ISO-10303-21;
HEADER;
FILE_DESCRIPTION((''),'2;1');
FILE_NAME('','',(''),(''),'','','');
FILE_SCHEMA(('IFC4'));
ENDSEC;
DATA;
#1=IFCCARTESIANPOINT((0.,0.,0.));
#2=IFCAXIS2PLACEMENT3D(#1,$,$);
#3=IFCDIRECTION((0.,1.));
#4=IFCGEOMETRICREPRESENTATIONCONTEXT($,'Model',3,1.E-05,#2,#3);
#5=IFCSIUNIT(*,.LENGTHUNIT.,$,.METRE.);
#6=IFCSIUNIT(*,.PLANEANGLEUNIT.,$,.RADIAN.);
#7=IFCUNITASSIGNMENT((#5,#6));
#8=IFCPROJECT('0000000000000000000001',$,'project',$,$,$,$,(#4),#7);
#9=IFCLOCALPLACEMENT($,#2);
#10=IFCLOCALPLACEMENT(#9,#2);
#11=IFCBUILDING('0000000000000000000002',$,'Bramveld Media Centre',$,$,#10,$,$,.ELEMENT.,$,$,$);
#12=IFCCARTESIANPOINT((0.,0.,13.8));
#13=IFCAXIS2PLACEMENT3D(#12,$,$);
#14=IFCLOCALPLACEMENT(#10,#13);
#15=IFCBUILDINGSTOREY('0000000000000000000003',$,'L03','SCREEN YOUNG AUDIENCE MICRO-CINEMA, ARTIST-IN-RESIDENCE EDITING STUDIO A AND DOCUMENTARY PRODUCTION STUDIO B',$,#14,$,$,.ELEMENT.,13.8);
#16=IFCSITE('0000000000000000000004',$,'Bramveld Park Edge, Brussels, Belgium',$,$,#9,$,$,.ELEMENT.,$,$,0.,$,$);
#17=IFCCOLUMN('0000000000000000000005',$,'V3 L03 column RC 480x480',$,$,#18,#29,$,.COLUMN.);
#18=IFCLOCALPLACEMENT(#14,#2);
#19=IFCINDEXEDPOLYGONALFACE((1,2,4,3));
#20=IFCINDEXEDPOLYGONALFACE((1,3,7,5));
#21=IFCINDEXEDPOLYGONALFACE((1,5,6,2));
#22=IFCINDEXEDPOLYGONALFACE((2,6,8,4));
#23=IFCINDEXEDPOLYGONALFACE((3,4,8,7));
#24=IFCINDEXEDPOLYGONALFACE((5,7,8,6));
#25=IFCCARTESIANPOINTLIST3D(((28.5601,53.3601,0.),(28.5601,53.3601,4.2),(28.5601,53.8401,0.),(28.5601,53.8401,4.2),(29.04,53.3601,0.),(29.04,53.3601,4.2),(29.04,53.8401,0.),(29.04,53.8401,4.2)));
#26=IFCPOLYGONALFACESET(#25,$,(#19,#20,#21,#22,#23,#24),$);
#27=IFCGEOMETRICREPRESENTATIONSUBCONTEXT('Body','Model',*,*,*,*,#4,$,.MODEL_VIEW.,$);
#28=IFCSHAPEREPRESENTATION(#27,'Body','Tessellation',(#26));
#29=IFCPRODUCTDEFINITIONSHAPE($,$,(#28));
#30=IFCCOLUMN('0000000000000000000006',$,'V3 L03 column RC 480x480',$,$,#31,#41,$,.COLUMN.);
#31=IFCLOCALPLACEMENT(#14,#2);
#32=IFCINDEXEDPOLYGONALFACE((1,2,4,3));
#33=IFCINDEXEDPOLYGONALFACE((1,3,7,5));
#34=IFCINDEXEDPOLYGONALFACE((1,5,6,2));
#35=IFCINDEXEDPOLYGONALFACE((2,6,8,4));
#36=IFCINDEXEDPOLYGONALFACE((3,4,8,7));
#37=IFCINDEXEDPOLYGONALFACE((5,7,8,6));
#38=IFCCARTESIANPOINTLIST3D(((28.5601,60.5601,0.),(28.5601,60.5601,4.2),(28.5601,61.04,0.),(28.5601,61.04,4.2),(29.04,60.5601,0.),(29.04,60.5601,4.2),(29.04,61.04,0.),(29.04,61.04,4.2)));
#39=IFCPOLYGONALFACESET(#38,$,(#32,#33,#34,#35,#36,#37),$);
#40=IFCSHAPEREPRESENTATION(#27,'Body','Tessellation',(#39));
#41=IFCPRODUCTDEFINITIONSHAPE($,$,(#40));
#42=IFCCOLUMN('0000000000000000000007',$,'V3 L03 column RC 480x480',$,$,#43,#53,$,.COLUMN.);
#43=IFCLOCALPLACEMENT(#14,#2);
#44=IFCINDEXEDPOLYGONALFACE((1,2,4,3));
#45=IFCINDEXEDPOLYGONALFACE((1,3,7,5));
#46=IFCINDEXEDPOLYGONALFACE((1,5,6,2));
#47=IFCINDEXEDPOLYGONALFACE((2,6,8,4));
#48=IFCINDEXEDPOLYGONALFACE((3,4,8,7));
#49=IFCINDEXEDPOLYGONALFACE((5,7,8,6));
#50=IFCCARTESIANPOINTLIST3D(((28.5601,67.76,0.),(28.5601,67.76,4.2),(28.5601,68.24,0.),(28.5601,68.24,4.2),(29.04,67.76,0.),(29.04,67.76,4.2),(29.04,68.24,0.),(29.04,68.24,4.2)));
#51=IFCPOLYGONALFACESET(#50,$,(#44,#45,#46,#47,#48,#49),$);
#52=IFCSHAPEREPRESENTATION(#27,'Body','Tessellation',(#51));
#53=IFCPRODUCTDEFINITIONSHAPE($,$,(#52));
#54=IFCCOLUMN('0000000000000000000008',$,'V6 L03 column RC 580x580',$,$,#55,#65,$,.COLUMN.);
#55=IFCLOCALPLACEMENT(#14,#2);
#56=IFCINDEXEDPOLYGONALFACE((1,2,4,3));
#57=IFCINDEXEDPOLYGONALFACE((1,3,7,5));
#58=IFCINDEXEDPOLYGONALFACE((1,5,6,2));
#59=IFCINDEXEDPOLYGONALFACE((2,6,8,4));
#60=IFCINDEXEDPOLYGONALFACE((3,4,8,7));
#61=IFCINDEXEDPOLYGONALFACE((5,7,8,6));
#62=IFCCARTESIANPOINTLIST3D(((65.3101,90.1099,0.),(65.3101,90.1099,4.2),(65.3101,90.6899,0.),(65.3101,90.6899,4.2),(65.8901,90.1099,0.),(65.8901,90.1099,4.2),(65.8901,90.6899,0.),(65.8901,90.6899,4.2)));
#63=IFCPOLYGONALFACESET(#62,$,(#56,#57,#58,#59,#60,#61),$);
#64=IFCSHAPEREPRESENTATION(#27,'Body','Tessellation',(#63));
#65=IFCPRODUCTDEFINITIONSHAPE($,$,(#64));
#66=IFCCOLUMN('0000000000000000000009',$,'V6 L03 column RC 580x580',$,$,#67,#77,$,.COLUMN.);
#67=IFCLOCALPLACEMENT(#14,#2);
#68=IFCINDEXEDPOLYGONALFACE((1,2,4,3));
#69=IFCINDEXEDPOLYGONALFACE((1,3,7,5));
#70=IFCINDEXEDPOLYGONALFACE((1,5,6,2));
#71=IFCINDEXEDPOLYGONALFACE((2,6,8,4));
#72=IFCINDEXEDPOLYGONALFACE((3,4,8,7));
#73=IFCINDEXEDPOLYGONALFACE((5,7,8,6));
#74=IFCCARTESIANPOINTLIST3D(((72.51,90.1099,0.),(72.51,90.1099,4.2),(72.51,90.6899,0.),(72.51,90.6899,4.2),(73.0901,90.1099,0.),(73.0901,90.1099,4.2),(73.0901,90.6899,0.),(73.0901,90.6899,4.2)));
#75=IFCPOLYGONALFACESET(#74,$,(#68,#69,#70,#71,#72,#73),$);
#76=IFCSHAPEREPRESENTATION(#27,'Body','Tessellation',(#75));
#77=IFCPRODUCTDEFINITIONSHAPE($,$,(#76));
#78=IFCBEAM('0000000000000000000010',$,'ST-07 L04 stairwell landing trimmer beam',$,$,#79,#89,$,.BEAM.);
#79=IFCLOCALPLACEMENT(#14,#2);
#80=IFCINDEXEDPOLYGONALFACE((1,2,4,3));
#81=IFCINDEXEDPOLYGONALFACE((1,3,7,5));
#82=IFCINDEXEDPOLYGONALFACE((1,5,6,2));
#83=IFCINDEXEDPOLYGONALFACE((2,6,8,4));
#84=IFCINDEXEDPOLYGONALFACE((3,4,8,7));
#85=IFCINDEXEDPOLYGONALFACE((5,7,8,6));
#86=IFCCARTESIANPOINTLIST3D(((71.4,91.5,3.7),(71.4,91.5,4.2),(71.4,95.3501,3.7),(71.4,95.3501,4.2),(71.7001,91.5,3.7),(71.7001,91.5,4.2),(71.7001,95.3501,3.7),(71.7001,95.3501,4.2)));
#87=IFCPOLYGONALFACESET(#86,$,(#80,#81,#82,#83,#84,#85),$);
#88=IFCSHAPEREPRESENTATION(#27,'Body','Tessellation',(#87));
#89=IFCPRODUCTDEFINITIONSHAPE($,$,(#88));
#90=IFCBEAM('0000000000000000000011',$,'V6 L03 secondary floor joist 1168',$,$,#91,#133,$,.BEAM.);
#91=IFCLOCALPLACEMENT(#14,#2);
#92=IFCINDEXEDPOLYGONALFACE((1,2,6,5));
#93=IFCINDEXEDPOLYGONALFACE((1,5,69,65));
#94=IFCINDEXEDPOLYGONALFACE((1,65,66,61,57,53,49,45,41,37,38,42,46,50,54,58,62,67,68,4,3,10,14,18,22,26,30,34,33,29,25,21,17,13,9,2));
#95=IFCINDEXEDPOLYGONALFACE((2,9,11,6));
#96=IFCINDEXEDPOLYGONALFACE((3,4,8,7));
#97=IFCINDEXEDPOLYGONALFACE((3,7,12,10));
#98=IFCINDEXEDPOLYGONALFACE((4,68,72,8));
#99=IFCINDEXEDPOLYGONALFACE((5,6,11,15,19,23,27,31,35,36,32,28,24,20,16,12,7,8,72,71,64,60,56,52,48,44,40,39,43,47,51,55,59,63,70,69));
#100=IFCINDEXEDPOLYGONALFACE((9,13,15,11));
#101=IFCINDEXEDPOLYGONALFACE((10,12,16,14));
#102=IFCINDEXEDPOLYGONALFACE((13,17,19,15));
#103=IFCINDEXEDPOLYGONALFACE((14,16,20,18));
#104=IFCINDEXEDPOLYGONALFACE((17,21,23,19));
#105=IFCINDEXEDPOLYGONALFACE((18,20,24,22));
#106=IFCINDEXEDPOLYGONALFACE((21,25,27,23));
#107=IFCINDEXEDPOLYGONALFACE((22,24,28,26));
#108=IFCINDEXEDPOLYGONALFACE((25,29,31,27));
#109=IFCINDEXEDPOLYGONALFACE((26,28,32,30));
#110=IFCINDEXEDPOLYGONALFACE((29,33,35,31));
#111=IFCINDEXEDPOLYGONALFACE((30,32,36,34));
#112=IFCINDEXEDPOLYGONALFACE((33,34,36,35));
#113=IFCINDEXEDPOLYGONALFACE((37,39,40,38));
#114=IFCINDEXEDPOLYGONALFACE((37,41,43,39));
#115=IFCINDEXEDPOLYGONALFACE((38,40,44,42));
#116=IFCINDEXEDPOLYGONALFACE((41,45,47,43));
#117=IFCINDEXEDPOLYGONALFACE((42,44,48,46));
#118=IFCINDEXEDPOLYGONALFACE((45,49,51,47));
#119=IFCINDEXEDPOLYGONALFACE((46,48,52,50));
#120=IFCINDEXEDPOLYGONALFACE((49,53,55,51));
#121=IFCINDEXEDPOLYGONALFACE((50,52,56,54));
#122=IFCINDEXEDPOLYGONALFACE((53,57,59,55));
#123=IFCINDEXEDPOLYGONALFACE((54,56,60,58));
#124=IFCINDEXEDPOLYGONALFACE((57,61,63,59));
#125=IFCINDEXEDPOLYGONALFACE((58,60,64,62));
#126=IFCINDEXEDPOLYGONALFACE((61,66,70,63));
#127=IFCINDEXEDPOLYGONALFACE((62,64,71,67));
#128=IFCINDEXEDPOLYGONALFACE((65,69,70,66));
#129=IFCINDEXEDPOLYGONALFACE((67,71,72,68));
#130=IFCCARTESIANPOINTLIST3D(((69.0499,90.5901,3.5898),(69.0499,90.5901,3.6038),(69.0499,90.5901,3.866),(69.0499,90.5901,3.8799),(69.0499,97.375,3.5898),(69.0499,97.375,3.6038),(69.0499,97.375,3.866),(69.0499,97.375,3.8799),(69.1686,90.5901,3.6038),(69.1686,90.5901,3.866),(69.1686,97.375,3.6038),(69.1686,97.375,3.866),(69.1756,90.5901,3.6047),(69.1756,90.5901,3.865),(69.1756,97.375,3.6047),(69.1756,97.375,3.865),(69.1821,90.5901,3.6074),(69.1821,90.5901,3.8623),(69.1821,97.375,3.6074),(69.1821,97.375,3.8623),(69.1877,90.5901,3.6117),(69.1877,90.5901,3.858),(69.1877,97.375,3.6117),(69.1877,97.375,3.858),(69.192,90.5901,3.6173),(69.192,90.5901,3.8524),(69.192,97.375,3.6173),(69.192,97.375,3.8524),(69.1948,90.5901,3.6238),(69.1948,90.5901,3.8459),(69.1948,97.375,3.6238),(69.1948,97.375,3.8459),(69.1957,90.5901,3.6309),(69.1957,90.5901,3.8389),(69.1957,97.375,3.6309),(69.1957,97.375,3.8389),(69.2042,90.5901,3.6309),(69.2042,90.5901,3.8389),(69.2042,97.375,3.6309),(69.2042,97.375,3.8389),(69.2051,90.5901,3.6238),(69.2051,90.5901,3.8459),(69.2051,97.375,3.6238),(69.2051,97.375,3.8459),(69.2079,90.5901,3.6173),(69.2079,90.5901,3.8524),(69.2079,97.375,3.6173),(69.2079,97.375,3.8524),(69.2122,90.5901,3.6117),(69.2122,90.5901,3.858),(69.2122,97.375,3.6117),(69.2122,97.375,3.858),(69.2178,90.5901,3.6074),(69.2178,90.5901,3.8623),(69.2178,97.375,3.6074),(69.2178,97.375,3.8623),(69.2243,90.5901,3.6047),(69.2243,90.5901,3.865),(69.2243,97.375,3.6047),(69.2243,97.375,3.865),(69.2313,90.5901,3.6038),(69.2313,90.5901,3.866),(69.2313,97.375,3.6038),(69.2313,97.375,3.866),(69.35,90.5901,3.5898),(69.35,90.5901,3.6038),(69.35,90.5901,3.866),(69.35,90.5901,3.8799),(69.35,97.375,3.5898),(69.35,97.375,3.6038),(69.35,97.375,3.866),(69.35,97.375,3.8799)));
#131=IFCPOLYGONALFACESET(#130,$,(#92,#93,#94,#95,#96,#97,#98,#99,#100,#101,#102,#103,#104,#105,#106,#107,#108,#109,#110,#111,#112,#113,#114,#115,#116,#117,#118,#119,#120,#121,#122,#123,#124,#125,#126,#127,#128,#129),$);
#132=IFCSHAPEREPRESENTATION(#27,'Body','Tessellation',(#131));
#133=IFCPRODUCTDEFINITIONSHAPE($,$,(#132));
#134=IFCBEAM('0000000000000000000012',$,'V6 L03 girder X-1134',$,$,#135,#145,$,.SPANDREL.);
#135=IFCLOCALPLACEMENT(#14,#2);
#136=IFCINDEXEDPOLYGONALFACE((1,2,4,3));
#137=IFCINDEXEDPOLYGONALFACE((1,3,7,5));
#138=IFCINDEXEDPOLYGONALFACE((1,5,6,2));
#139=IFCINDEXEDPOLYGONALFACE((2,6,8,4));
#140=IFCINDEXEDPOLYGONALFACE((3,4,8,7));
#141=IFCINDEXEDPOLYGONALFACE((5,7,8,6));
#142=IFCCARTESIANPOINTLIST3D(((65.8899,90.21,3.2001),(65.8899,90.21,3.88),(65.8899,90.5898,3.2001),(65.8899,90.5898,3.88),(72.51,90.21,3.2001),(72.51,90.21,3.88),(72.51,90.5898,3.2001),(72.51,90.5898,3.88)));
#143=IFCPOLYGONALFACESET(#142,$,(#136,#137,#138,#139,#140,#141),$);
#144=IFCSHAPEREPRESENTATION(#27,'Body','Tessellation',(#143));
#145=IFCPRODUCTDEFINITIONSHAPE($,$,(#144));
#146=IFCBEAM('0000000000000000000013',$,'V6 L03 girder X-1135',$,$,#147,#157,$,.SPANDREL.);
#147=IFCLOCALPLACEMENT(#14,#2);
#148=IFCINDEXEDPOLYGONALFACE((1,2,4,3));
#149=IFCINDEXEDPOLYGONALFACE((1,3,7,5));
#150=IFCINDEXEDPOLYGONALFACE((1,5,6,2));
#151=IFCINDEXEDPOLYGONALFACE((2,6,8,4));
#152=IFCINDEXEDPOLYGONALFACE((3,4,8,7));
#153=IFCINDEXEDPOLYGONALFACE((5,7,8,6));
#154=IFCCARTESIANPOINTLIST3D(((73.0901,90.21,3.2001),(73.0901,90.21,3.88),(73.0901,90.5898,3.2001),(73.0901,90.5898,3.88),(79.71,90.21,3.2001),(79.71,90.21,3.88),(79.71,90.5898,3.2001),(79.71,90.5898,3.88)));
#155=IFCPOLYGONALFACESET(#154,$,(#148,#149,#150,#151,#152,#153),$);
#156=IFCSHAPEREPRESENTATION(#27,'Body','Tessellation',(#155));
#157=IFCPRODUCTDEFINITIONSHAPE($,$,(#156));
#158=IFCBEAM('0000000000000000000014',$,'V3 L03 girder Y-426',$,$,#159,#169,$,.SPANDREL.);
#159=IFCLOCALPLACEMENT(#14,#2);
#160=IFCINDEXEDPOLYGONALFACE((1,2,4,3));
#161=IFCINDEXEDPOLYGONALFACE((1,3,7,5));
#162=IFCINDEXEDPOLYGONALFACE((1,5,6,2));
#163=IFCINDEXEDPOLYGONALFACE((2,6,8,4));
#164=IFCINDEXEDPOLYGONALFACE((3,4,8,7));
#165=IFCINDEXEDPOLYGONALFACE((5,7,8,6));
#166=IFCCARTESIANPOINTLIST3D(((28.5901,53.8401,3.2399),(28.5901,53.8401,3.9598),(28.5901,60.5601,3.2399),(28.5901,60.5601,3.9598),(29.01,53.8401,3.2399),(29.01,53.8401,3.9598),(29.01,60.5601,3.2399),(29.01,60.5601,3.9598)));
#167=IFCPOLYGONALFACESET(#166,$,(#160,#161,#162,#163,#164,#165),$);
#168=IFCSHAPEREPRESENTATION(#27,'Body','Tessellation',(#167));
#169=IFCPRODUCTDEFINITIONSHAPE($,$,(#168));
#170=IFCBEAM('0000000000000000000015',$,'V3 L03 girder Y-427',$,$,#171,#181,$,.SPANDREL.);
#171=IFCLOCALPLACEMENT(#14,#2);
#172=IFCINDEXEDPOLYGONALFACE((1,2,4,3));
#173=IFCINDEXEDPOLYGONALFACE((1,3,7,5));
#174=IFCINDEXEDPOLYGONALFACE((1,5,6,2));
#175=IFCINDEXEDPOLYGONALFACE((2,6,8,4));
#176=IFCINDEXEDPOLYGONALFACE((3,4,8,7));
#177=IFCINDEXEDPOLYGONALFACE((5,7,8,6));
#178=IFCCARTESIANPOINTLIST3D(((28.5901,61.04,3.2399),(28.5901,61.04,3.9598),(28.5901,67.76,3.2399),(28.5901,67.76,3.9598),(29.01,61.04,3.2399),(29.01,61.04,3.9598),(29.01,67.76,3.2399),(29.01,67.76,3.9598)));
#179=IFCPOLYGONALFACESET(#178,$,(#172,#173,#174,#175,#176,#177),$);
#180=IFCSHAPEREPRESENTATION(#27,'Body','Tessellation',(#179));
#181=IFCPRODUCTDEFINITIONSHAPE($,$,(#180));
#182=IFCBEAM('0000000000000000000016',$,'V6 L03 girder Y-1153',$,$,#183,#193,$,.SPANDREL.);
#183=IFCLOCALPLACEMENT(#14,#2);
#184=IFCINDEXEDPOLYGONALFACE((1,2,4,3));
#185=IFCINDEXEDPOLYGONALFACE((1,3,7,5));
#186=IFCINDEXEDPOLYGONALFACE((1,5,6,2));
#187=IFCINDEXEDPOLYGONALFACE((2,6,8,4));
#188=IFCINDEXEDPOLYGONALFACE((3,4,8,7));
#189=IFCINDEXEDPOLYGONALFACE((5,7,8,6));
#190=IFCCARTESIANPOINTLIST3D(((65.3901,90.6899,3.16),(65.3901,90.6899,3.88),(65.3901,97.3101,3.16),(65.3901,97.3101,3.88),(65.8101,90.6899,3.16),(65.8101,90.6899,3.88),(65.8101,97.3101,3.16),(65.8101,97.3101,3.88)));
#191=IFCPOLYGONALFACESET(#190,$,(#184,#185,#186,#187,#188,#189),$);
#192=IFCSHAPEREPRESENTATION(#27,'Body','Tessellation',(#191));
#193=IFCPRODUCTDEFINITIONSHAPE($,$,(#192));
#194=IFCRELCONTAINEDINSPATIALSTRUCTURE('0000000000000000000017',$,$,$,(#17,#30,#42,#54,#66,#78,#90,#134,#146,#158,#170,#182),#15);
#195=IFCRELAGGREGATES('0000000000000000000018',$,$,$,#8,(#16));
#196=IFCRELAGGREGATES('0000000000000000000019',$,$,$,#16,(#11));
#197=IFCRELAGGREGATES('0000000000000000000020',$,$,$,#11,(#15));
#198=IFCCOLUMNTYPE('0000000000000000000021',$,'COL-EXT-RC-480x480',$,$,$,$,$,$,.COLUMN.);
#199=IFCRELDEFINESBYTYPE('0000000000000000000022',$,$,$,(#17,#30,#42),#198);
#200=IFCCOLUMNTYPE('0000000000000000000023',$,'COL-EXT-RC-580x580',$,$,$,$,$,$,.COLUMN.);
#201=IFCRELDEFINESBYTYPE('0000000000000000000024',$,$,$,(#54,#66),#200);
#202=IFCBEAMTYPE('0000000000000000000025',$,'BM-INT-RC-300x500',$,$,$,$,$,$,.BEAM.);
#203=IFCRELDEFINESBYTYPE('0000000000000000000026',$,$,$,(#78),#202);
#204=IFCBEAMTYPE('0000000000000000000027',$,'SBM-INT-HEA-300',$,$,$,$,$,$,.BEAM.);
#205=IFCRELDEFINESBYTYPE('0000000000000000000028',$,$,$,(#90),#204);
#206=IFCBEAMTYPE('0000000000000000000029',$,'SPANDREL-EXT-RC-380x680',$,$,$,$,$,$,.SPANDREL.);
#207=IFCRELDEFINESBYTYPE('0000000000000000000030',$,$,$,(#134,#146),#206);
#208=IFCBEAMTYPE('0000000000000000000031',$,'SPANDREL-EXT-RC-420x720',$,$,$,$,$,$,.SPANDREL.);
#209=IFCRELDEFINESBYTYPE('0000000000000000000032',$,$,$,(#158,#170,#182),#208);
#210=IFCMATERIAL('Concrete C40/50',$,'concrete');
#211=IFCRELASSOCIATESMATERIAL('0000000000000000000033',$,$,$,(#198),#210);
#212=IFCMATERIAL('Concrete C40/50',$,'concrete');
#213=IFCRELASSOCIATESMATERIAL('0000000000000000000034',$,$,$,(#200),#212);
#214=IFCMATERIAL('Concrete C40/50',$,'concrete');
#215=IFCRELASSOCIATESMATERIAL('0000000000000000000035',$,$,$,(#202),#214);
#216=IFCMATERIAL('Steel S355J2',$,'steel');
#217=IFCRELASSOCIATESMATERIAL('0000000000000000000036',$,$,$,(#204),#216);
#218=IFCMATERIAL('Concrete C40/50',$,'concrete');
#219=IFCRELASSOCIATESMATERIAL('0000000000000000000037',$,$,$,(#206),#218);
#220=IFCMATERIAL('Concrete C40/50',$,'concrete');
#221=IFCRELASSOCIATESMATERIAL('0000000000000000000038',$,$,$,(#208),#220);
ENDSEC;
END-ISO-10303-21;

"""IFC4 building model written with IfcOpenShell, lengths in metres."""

from ifc_helpers import new_model, si_unit, direction, frame, origin, origin_2d, place, context, subcontext, project, spatial, rectangle, i_section, extrude, material, material_profile, profile_set, type_object, element, save


model = new_model("IFC4")

# Units and contexts
model_context = context("Model", 3, precision=1e-05, world=origin(), true_north=direction((0.0, 1.0)))
body_context = subcontext(model_context, "Body", "Model", "MODEL_VIEW")
ifc_project = project(units=[si_unit("LENGTHUNIT", "METRE"), si_unit("PLANEANGLEUNIT", "RADIAN")], contexts=[model_context])

# Site, building, storey
site_placement = place(None, origin())
site = spatial("IfcSite", under=ifc_project, at=site_placement, Name="Bramveld Park Edge, Brussels, Belgium", CompositionType="ELEMENT", RefElevation=0.0)
building_placement = place(site_placement, origin())
building = spatial("IfcBuilding", under=site, at=building_placement, Name="Bramveld Media Centre", CompositionType="ELEMENT")
storey_placement = place(building_placement, frame((0.0, 0.0, 13.8)))
storey = spatial("IfcBuildingStorey", under=building, at=storey_placement, Name="L03", Description="SCREEN YOUNG AUDIENCE MICRO-CINEMA, ARTIST-IN-RESIDENCE EDITING STUDIO A AND DOCUMENTARY PRODUCTION STUDIO B", CompositionType="ELEMENT", Elevation=13.8)

# Columns
ifc_material_1 = material(Name="Concrete C40/50", Category="concrete")
ifc_material_profile_1 = material_profile(ifc_material_1, rectangle(XDim=0.48, YDim=0.48, at=origin_2d()), Name="RC 480x480")
ifc_profile_set_1 = profile_set([ifc_material_profile_1], Name="Concrete C40/50")
column_type_1 = type_object("IfcColumnType", Name="COL-EXT-RC-480x480", PredefinedType="COLUMN", material=ifc_profile_set_1)
for number, where, z_axis, x_axis, name in (
    (1, (28.8, 53.6001, 0.0), (0.0, 0.0, 1.0), (1.0, 0.0, 0.0), "V3 L03 column RC 480x480"),
    (2, (28.8, 60.8, 0.0), (0.0, 0.0, 1.0), (1.0, 0.0, 0.0), "V3 L03 column RC 480x480"),
    (3, (28.8, 68.0, 0.0), (0.0, 0.0, 1.0), (1.0, 0.0, 0.0), "V3 L03 column RC 480x480"),
):
    element("IfcColumn", number, at=place(storey_placement, frame(where, z_axis=z_axis, x_axis=x_axis)), inside=storey, type_object=column_type_1, Name=name, PredefinedType="COLUMN", context=body_context, shape_type="SweptSolid", body=[
        extrude(rectangle(XDim=0.48, YDim=0.48, at=origin_2d()), origin(), (0.0, 0.0, 1.0), 4.2),
    ])
ifc_material_2 = material(Name="Concrete C40/50", Category="concrete")
ifc_material_profile_2 = material_profile(ifc_material_2, rectangle(XDim=0.5801, YDim=0.5801, at=origin_2d()), Name="RC 580x580")
ifc_profile_set_2 = profile_set([ifc_material_profile_2], Name="Concrete C40/50")
column_type_2 = type_object("IfcColumnType", Name="COL-EXT-RC-580x580", PredefinedType="COLUMN", material=ifc_profile_set_2)
for number, where, z_axis, x_axis, name in (
    (4, (65.6001, 90.3999, 0.0), (0.0, 0.0, 1.0), (1.0, 0.0, 0.0), "V6 L03 column RC 580x580"),
    (5, (72.8, 90.3999, 0.0), (0.0, 0.0, 1.0), (1.0, 0.0, 0.0), "V6 L03 column RC 580x580"),
):
    element("IfcColumn", number, at=place(storey_placement, frame(where, z_axis=z_axis, x_axis=x_axis)), inside=storey, type_object=column_type_2, Name=name, PredefinedType="COLUMN", context=body_context, shape_type="SweptSolid", body=[
        extrude(rectangle(XDim=0.5801, YDim=0.5801, at=origin_2d()), origin(), (0.0, 0.0, 1.0), 4.2),
    ])

# Beams
ifc_material_3 = material(Name="Concrete C40/50", Category="concrete")
ifc_material_profile_3 = material_profile(ifc_material_3, rectangle(XDim=0.3, YDim=0.5, at=origin_2d()), Name="RC 300x500")
ifc_profile_set_3 = profile_set([ifc_material_profile_3], Name="Concrete C40/50")
beam_type_1 = type_object("IfcBeamType", Name="BM-INT-RC-300x500", PredefinedType="BEAM", material=ifc_profile_set_3)
beam_1_placement = place(storey_placement, frame((71.55, 91.5, 3.95), z_axis=(0.0, 1.0, 0.0), x_axis=(-1.0, 0.0, 0.0)))
element("IfcBeam", 6, at=beam_1_placement, inside=storey, type_object=beam_type_1, Name="ST-07 L04 stairwell landing trimmer beam", PredefinedType="BEAM", context=body_context, shape_type="SweptSolid", body=[
    extrude(rectangle(XDim=0.3, YDim=0.5, at=origin_2d()), origin(), (0.0, 0.0, 1.0), 3.8501),
])
ifc_material_4 = material(Name="Steel S355J2", Category="steel")
ifc_material_profile_4 = material_profile(ifc_material_4, i_section(OverallWidth=0.3, OverallDepth=0.29, WebThickness=0.0085, FlangeThickness=0.0139, FilletRadius=0.0271, at=origin_2d()), Name="HEA 300")
ifc_profile_set_4 = profile_set([ifc_material_profile_4], Name="Steel S355J2")
beam_type_2 = type_object("IfcBeamType", Name="SBM-INT-HEA-300", PredefinedType="BEAM", material=ifc_profile_set_4)
beam_2_placement = place(storey_placement, frame((69.2, 90.5901, 3.7349), z_axis=(0.0, 1.0, 0.0), x_axis=(-1.0, 0.0, 0.0)))
element("IfcBeam", 7, at=beam_2_placement, inside=storey, type_object=beam_type_2, Name="V6 L03 secondary floor joist 1168", PredefinedType="BEAM", context=body_context, shape_type="SweptSolid", body=[
    extrude(i_section(OverallWidth=0.3, OverallDepth=0.29, WebThickness=0.0085, FlangeThickness=0.0139, FilletRadius=0.0271, at=origin_2d()), origin(), (0.0, 0.0, 1.0), 6.7849),
])
ifc_material_5 = material(Name="Concrete C40/50", Category="concrete")
ifc_material_profile_5 = material_profile(ifc_material_5, rectangle(XDim=0.3799, YDim=0.6799, at=origin_2d()), Name="RC 380x680")
ifc_profile_set_5 = profile_set([ifc_material_profile_5], Name="Concrete C40/50")
beam_type_3 = type_object("IfcBeamType", Name="SPANDREL-EXT-RC-380x680", PredefinedType="SPANDREL", material=ifc_profile_set_5)
beam_3_placement = place(storey_placement, frame((65.8899, 90.3999, 3.54), z_axis=(1.0, 0.0, 0.0), x_axis=(0.0, 1.0, 0.0)))
element("IfcBeam", 8, at=beam_3_placement, inside=storey, type_object=beam_type_3, Name="V6 L03 girder X-1134", PredefinedType="SPANDREL", context=body_context, shape_type="SweptSolid", body=[
    extrude(rectangle(XDim=0.3799, YDim=0.6799, at=origin_2d()), origin(), (0.0, 0.0, 1.0), 6.6201),
])
beam_4_placement = place(storey_placement, frame((73.0901, 90.3999, 3.54), z_axis=(1.0, 0.0, 0.0), x_axis=(0.0, 1.0, 0.0)))
element("IfcBeam", 9, at=beam_4_placement, inside=storey, type_object=beam_type_3, Name="V6 L03 girder X-1135", PredefinedType="SPANDREL", context=body_context, shape_type="SweptSolid", body=[
    extrude(rectangle(XDim=0.3799, YDim=0.6799, at=origin_2d()), origin(), (0.0, 0.0, 1.0), 6.6199),
])
ifc_material_6 = material(Name="Concrete C40/50", Category="concrete")
ifc_material_profile_6 = material_profile(ifc_material_6, rectangle(XDim=0.4199, YDim=0.72, at=origin_2d()), Name="RC 420x720")
ifc_profile_set_6 = profile_set([ifc_material_profile_6], Name="Concrete C40/50")
beam_type_4 = type_object("IfcBeamType", Name="SPANDREL-EXT-RC-420x720", PredefinedType="SPANDREL", material=ifc_profile_set_6)
for number, where, z_axis, x_axis, name in (
    (10, (28.8, 53.8401, 3.5999), (0.0, 1.0, 0.0), (-1.0, 0.0, 0.0), "V3 L03 girder Y-426"),
    (11, (28.8, 61.04, 3.5999), (0.0, 1.0, 0.0), (-1.0, 0.0, 0.0), "V3 L03 girder Y-427"),
):
    element("IfcBeam", number, at=place(storey_placement, frame(where, z_axis=z_axis, x_axis=x_axis)), inside=storey, type_object=beam_type_4, Name=name, PredefinedType="SPANDREL", context=body_context, shape_type="SweptSolid", body=[
        extrude(rectangle(XDim=0.4199, YDim=0.72, at=origin_2d()), origin(), (0.0, 0.0, 1.0), 6.72),
    ])
beam_5_placement = place(storey_placement, frame((65.6001, 90.6899, 3.52), z_axis=(0.0, 1.0, 0.0), x_axis=(-1.0, 0.0, 0.0)))
element("IfcBeam", 12, at=beam_5_placement, inside=storey, type_object=beam_type_4, Name="V6 L03 girder Y-1153", PredefinedType="SPANDREL", context=body_context, shape_type="SweptSolid", body=[
    extrude(rectangle(XDim=0.4199, YDim=0.72, at=origin_2d()), origin(), (0.0, 0.0, 1.0), 6.6201),
])

save(model, "model.ifc")
